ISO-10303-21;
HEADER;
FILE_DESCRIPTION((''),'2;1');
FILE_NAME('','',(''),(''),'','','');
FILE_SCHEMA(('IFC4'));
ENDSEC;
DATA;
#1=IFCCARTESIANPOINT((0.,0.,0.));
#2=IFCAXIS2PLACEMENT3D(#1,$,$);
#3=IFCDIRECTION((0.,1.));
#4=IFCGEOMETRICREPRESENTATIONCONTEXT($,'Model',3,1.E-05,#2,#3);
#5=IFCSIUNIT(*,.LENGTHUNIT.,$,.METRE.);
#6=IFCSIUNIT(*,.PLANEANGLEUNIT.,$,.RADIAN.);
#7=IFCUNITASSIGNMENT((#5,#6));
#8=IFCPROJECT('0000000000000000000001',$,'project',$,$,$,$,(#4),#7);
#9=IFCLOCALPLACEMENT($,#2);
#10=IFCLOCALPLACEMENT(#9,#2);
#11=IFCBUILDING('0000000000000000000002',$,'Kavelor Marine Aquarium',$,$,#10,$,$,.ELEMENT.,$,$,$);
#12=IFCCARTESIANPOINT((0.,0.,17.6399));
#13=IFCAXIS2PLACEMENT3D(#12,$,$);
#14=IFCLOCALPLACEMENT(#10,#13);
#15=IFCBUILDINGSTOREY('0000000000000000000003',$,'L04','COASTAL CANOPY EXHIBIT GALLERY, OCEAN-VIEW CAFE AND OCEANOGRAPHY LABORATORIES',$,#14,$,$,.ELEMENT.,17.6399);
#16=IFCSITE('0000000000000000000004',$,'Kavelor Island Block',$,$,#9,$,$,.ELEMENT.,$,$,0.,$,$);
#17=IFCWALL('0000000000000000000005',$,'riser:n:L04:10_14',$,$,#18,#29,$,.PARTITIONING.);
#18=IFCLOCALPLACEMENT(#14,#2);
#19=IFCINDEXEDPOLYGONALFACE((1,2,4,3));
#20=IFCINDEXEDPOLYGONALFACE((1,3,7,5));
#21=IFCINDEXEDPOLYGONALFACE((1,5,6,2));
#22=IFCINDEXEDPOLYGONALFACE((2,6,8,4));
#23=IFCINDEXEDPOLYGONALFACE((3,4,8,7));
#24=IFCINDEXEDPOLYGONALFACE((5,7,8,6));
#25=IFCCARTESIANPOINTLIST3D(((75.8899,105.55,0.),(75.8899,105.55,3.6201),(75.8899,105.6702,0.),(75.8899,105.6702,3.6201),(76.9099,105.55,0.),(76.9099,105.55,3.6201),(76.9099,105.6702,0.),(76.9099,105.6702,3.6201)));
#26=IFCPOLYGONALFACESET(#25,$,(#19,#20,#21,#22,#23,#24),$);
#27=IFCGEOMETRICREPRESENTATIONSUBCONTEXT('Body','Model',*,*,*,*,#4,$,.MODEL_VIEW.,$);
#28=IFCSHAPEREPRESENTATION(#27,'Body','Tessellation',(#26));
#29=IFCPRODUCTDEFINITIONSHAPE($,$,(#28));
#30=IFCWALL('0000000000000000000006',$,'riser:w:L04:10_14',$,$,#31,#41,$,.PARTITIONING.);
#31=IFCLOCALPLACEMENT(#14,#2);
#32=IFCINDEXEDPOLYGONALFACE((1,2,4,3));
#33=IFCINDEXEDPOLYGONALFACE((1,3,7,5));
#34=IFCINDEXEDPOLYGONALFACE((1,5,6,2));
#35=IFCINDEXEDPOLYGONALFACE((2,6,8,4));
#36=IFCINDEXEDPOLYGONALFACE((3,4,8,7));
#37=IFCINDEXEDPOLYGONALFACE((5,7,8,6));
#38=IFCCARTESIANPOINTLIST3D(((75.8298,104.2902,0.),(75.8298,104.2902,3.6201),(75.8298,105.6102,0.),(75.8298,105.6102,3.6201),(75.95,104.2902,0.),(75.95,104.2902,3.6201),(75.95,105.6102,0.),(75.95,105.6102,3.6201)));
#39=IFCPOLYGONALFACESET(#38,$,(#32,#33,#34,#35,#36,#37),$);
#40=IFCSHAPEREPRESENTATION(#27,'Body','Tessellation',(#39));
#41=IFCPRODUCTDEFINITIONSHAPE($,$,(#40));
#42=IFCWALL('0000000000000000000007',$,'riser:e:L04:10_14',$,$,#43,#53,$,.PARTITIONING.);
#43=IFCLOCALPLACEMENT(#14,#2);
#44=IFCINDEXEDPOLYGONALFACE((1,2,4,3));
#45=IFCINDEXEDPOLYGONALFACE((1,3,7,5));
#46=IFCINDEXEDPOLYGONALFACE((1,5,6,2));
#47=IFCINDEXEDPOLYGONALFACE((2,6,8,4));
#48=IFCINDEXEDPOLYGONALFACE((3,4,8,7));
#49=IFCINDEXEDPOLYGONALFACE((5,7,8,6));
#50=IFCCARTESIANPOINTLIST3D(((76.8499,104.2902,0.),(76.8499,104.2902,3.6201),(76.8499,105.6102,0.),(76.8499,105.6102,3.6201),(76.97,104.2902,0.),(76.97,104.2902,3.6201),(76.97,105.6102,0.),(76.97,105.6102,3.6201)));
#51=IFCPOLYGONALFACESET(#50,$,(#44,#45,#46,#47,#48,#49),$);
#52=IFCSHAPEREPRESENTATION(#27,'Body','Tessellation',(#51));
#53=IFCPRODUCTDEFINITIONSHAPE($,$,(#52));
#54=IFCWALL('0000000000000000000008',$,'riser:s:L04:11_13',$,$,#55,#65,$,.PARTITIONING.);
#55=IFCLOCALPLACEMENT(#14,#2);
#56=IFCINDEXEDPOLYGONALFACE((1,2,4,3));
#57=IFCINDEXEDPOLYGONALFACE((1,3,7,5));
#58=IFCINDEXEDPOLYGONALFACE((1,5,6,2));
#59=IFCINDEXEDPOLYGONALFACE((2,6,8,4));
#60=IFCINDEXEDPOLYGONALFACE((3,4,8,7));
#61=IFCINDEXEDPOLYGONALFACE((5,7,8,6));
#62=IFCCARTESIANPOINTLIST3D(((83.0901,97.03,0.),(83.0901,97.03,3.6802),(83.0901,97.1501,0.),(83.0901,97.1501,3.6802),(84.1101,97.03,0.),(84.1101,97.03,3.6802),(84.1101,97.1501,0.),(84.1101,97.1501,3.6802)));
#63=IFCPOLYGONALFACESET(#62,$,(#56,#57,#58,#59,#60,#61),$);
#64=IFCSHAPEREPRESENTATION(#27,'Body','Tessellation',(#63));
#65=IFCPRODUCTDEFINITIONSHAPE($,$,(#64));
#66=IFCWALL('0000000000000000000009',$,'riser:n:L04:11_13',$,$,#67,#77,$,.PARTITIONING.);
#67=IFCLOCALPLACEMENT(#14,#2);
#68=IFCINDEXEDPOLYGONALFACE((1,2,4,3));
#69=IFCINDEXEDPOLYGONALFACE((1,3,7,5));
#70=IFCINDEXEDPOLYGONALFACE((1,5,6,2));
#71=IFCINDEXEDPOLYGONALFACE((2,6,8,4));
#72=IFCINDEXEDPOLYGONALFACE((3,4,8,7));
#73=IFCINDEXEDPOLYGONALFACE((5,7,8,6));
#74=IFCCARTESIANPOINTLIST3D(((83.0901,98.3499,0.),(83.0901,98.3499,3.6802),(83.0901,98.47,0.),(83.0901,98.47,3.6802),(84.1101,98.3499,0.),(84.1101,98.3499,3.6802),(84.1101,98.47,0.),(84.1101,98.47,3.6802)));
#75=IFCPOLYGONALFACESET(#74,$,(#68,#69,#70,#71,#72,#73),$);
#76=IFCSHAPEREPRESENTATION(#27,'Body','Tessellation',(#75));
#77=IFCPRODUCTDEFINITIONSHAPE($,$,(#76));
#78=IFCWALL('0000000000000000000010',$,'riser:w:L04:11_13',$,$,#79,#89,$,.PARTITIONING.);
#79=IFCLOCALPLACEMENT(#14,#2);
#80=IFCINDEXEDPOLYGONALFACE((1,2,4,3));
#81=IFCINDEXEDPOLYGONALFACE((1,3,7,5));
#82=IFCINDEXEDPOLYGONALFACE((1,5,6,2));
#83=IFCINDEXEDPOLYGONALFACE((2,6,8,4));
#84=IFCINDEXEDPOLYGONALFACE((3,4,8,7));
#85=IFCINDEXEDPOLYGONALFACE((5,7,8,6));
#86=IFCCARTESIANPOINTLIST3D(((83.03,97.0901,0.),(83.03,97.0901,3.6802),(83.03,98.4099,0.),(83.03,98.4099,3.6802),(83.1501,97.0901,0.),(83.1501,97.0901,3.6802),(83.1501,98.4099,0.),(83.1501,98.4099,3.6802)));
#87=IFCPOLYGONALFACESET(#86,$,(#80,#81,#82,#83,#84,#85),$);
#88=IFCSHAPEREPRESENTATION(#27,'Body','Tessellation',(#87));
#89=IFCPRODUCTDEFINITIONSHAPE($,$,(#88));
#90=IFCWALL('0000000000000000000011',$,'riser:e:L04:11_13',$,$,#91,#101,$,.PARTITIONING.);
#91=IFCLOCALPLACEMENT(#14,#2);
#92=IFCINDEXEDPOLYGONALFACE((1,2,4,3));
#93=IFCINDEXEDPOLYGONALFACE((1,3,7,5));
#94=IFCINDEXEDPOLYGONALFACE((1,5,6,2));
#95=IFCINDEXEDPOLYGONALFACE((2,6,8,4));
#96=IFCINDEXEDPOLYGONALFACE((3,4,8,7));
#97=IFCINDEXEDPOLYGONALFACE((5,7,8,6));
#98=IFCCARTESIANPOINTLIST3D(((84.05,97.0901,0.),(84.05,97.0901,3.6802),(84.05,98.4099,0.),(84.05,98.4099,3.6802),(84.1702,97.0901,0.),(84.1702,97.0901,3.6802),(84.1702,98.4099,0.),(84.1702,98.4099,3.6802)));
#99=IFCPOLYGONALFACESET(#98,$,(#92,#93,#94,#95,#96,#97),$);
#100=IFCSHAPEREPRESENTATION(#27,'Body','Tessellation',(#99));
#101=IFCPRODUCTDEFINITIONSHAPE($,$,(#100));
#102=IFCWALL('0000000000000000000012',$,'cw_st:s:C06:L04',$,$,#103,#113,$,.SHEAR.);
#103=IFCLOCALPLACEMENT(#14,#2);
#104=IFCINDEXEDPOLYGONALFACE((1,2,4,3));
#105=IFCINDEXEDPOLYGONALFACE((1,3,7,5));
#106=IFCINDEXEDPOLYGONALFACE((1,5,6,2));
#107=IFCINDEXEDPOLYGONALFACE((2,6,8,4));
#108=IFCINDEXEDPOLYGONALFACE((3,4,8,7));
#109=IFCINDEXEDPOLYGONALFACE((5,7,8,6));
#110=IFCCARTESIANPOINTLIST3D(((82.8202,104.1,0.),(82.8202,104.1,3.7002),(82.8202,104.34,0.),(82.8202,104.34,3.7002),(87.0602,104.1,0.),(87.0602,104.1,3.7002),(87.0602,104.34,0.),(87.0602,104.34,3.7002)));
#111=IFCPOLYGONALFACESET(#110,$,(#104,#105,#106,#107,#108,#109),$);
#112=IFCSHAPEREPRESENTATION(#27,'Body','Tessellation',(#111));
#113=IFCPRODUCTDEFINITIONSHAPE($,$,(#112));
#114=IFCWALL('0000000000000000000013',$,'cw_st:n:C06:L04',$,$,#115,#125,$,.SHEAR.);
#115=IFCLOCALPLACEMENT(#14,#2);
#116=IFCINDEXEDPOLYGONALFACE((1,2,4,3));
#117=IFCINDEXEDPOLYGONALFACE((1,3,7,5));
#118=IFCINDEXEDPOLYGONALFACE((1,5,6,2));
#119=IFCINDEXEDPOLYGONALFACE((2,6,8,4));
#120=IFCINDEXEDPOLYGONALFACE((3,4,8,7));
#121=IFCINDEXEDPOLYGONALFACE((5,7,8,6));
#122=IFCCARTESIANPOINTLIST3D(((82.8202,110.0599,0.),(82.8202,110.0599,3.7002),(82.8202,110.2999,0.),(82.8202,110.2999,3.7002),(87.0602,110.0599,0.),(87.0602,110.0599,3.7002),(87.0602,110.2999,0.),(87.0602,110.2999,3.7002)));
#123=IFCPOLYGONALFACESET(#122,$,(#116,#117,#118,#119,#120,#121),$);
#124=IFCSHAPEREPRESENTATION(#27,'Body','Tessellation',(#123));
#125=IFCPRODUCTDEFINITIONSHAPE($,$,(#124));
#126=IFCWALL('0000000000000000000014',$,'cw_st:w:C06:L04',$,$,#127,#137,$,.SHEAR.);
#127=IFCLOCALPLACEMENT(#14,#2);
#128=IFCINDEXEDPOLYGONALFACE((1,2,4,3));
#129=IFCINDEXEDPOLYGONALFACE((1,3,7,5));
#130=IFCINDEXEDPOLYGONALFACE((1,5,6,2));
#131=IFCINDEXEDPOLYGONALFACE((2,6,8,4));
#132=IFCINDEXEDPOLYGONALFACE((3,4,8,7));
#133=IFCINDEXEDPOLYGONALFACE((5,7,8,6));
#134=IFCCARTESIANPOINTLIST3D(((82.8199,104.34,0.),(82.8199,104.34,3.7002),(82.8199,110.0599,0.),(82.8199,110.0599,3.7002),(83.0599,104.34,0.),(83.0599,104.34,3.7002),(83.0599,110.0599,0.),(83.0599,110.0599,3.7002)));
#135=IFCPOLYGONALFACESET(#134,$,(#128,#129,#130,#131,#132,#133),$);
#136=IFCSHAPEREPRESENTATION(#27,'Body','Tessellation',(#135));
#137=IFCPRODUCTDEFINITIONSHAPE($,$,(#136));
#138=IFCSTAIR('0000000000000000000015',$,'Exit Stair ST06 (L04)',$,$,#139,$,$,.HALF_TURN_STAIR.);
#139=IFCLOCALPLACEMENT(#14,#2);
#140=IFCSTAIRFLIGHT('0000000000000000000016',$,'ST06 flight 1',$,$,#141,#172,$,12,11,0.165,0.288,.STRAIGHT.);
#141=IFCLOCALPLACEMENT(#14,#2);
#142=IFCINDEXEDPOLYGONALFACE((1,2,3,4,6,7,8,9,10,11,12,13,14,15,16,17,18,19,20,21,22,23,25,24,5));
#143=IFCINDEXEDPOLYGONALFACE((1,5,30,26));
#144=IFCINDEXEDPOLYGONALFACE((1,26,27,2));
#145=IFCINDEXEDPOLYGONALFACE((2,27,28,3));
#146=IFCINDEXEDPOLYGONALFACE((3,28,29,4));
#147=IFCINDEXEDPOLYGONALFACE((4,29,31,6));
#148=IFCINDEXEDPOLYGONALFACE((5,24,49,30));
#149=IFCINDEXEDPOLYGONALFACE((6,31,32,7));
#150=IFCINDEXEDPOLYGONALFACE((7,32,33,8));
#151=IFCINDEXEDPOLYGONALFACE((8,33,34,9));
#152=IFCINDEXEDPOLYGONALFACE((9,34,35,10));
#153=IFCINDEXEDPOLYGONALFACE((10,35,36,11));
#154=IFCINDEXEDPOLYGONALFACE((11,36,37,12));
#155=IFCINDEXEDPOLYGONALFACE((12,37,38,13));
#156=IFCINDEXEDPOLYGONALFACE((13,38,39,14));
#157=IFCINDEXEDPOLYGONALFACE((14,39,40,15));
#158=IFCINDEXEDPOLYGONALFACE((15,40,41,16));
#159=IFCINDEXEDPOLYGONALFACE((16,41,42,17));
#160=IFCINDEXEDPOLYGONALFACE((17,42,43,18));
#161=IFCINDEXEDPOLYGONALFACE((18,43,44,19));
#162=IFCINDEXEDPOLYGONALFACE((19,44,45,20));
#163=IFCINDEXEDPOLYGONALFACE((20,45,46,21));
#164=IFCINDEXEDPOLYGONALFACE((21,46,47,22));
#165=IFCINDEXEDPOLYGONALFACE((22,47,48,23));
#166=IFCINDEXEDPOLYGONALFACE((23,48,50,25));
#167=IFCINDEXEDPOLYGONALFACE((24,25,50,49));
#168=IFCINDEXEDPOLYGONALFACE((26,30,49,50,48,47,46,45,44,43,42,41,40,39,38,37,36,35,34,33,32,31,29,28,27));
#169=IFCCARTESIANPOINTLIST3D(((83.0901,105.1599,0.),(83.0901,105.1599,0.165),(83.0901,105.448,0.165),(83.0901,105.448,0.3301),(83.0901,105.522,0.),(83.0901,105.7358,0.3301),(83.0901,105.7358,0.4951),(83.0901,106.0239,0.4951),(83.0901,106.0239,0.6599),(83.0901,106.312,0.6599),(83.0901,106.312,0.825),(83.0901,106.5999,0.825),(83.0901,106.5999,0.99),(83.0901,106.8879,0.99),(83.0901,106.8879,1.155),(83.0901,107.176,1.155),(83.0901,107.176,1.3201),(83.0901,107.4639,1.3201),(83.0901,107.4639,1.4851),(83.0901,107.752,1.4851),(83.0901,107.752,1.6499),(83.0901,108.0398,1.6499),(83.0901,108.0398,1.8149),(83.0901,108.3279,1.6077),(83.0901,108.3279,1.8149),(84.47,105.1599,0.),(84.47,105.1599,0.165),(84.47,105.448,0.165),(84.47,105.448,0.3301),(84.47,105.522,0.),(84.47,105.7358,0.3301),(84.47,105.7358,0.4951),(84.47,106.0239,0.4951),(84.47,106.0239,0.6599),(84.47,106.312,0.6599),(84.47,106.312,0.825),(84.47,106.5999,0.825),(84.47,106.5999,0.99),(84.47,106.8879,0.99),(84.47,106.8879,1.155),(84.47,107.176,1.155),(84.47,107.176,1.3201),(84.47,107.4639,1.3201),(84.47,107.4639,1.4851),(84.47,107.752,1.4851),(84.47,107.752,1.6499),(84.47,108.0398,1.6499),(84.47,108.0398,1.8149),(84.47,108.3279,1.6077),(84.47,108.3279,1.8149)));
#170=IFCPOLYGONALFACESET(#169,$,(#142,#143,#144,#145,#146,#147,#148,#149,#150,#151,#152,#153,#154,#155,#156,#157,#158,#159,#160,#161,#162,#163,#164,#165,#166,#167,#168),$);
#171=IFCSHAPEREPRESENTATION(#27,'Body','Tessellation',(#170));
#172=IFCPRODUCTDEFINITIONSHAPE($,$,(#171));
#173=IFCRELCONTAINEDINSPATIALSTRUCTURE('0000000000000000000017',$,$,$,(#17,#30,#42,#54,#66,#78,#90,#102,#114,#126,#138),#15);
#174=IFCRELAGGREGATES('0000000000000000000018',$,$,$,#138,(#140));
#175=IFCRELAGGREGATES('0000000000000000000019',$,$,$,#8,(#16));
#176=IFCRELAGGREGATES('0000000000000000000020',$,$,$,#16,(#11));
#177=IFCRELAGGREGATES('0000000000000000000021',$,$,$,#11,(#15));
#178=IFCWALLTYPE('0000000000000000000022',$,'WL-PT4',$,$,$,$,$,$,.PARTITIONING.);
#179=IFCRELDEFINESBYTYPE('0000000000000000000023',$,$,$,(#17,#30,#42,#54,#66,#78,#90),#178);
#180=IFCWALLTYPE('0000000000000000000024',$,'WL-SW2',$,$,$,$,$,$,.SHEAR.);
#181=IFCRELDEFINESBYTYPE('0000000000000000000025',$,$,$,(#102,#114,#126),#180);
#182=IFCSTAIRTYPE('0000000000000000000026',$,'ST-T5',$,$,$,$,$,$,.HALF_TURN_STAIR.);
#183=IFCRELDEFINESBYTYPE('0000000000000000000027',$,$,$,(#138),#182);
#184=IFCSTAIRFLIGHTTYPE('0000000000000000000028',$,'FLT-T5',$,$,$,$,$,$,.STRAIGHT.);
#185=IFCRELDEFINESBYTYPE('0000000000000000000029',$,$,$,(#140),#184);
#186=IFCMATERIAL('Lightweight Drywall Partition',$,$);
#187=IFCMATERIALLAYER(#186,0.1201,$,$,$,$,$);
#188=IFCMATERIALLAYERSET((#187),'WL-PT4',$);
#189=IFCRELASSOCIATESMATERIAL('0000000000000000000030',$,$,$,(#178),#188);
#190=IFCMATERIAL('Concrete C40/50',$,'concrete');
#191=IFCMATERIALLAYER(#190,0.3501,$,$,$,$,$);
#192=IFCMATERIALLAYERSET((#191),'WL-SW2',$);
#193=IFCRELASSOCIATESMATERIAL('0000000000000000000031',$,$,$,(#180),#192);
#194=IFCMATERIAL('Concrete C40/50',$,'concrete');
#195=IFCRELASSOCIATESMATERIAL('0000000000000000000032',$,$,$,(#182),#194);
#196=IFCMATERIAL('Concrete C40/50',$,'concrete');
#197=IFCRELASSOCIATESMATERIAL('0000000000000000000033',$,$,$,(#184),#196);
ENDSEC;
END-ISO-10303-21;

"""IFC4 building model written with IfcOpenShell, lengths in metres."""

from ifc_helpers import new_model, si_unit, direction, frame, frame_2d, origin, place, context, subcontext, project, spatial, polyline, rectangle, outline, extrude, material, layer, layer_set, type_object, element, aggregate, save


model = new_model("IFC4")

# Units and contexts
model_context = context("Model", 3, precision=1e-05, world=origin(), true_north=direction((0.0, 1.0)))
body_context = subcontext(model_context, "Body", "Model", "MODEL_VIEW")
ifc_project = project(units=[si_unit("LENGTHUNIT", "METRE"), si_unit("PLANEANGLEUNIT", "RADIAN")], contexts=[model_context])

# Site, building, storey
site_placement = place(None, origin())
site = spatial("IfcSite", under=ifc_project, at=site_placement, Name="Kavelor Island Block", CompositionType="ELEMENT", RefElevation=0.0)
building_placement = place(site_placement, origin())
building = spatial("IfcBuilding", under=site, at=building_placement, Name="Kavelor Marine Aquarium", CompositionType="ELEMENT")
storey_placement = place(building_placement, frame((0.0, 0.0, 17.6399)))
storey = spatial("IfcBuildingStorey", under=building, at=storey_placement, Name="L04", Description="COASTAL CANOPY EXHIBIT GALLERY, OCEAN-VIEW CAFE AND OCEANOGRAPHY LABORATORIES", CompositionType="ELEMENT", Elevation=17.6399)

# Walls
ifc_material_1 = material(Name="Lightweight Drywall Partition")
ifc_layer_1 = layer(ifc_material_1, 0.1201)
ifc_layer_set_1 = layer_set([ifc_layer_1], Name="WL-PT4")
wall_type_1 = type_object("IfcWallType", Name="WL-PT4", PredefinedType="PARTITIONING", material=ifc_layer_set_1)
wall_1_placement = place(storey_placement, frame((75.8899, 105.6101, 0.0), z_axis=(0.0, 0.0, 1.0), x_axis=(1.0, 0.0, 0.0)))
element("IfcWall", 1, at=wall_1_placement, inside=storey, type_object=wall_type_1, Name="riser:n:L04:10_14", PredefinedType="PARTITIONING", context=body_context, shape_type="SweptSolid", body=[
    extrude(rectangle(XDim=1.02, YDim=0.1201, at=frame_2d((0.51, 0.0))), origin(), (0.0, 0.0, 1.0), 3.6201),
])
for number, where, z_axis, x_axis, name in (
    (2, (75.8899, 104.29, 0.0), (0.0, 0.0, 1.0), (0.0, 1.0, 0.0), "riser:w:L04:10_14"),
    (3, (76.9099, 104.29, 0.0), (0.0, 0.0, 1.0), (0.0, 1.0, 0.0), "riser:e:L04:10_14"),
):
    element("IfcWall", number, at=place(storey_placement, frame(where, z_axis=z_axis, x_axis=x_axis)), inside=storey, type_object=wall_type_1, Name=name, PredefinedType="PARTITIONING", context=body_context, shape_type="SweptSolid", body=[
        extrude(rectangle(XDim=1.3201, YDim=0.1201, at=frame_2d((0.6602, 0.0))), origin(), (0.0, 0.0, 1.0), 3.6201),
    ])
for number, where, z_axis, x_axis, name in (
    (4, (83.0901, 97.0901, 0.0), (0.0, 0.0, 1.0), (1.0, 0.0, 0.0), "riser:s:L04:11_13"),
    (5, (83.0901, 98.4099, 0.0), (0.0, 0.0, 1.0), (1.0, 0.0, 0.0), "riser:n:L04:11_13"),
):
    element("IfcWall", number, at=place(storey_placement, frame(where, z_axis=z_axis, x_axis=x_axis)), inside=storey, type_object=wall_type_1, Name=name, PredefinedType="PARTITIONING", context=body_context, shape_type="SweptSolid", body=[
        extrude(rectangle(XDim=1.02, YDim=0.1201, at=frame_2d((0.51, 0.0))), origin(), (0.0, 0.0, 1.0), 3.6802),
    ])
for number, where, z_axis, x_axis, name in (
    (6, (83.0901, 97.0901, 0.0), (0.0, 0.0, 1.0), (0.0, 1.0, 0.0), "riser:w:L04:11_13"),
    (7, (84.1101, 97.0901, 0.0), (0.0, 0.0, 1.0), (0.0, 1.0, 0.0), "riser:e:L04:11_13"),
):
    element("IfcWall", number, at=place(storey_placement, frame(where, z_axis=z_axis, x_axis=x_axis)), inside=storey, type_object=wall_type_1, Name=name, PredefinedType="PARTITIONING", context=body_context, shape_type="SweptSolid", body=[
        extrude(rectangle(XDim=1.3198, YDim=0.1201, at=frame_2d((0.6599, 0.0))), origin(), (0.0, 0.0, 1.0), 3.6802),
    ])
ifc_material_2 = material(Name="Concrete C40/50", Category="concrete")
ifc_layer_2 = layer(ifc_material_2, 0.3501)
ifc_layer_set_2 = layer_set([ifc_layer_2], Name="WL-SW2")
wall_type_2 = type_object("IfcWallType", Name="WL-SW2", PredefinedType="SHEAR", material=ifc_layer_set_2)
for number, where, z_axis, x_axis, name in (
    (8, (82.8201, 104.22, 0.0), (0.0, 0.0, 1.0), (1.0, 0.0, 0.0), "cw_st:s:C06:L04"),
    (9, (82.8201, 110.1799, 0.0), (0.0, 0.0, 1.0), (1.0, 0.0, 0.0), "cw_st:n:C06:L04"),
):
    element("IfcWall", number, at=place(storey_placement, frame(where, z_axis=z_axis, x_axis=x_axis)), inside=storey, type_object=wall_type_2, Name=name, PredefinedType="SHEAR", context=body_context, shape_type="SweptSolid", body=[
        extrude(rectangle(XDim=4.24, YDim=0.24, at=frame_2d((2.1201, 0.0))), origin(), (0.0, 0.0, 1.0), 3.7002),
    ])
wall_2_placement = place(storey_placement, frame((82.9399, 104.3401, 0.0), z_axis=(0.0, 0.0, 1.0), x_axis=(0.0, 1.0, 0.0)))
element("IfcWall", 10, at=wall_2_placement, inside=storey, type_object=wall_type_2, Name="cw_st:w:C06:L04", PredefinedType="SHEAR", context=body_context, shape_type="SweptSolid", body=[
    extrude(rectangle(XDim=5.72, YDim=0.24, at=frame_2d((2.8599, 0.0))), origin(), (0.0, 0.0, 1.0), 3.7002),
])

# Stair, stair flight
ifc_material_3 = material(Name="Concrete C40/50", Category="concrete")
stair_type = type_object("IfcStairType", Name="ST-T5", PredefinedType="HALF_TURN_STAIR", material=ifc_material_3)
stair_placement = place(storey_placement, origin())
stair = element("IfcStair", 11, at=stair_placement, inside=storey, type_object=stair_type, Name="Exit Stair ST06 (L04)", PredefinedType="HALF_TURN_STAIR")
ifc_material_4 = material(Name="Concrete C40/50", Category="concrete")
stair_flight_type = type_object("IfcStairFlightType", Name="FLT-T5", PredefinedType="STRAIGHT", material=ifc_material_4)
stair_flight_placement = place(storey_placement, frame((83.78, 105.1599, 0.0), z_axis=(0.0, 0.0, 1.0), x_axis=(0.0, 1.0, 0.0)))
stair_flight = element("IfcStairFlight", 12, at=stair_flight_placement, type_object=stair_flight_type, Name="ST06 flight 1", NumberOfRisers=12, NumberOfTreads=11, PredefinedType="STRAIGHT", RiserHeight=0.165, TreadLength=0.288, context=body_context, shape_type="SweptSolid", body=[
    extrude(outline(polyline([(0.0, 0.0), (0.0, 0.165), (0.2881, 0.165), (0.2881, 0.3301), (0.5759, 0.3301), (0.5759, 0.4951), (0.864, 0.4951), (0.864, 0.6599), (1.1521, 0.6599), (1.1521, 0.825), (1.4399, 0.825), (1.4399, 0.99), (1.728, 0.99), (1.728, 1.155), (2.0161, 1.155), (2.0161, 1.3201), (2.304, 1.3201), (2.304, 1.4851), (2.592, 1.4851), (2.592, 1.6499), (2.8799, 1.6499), (2.8799, 1.8149), (3.168, 1.8149), (3.168, 1.98), (3.168, 1.6077), (0.3621, 0.0), (0.0, 0.0)])), frame((0.0, 0.6899, 0.0), z_axis=(0.0, -1.0, 0.0), x_axis=(1.0, 0.0, 0.0)), (0.0, 0.0, 1.0), 1.3799),
])
aggregate(stair, [stair_flight])

save(model, "model.ifc")
